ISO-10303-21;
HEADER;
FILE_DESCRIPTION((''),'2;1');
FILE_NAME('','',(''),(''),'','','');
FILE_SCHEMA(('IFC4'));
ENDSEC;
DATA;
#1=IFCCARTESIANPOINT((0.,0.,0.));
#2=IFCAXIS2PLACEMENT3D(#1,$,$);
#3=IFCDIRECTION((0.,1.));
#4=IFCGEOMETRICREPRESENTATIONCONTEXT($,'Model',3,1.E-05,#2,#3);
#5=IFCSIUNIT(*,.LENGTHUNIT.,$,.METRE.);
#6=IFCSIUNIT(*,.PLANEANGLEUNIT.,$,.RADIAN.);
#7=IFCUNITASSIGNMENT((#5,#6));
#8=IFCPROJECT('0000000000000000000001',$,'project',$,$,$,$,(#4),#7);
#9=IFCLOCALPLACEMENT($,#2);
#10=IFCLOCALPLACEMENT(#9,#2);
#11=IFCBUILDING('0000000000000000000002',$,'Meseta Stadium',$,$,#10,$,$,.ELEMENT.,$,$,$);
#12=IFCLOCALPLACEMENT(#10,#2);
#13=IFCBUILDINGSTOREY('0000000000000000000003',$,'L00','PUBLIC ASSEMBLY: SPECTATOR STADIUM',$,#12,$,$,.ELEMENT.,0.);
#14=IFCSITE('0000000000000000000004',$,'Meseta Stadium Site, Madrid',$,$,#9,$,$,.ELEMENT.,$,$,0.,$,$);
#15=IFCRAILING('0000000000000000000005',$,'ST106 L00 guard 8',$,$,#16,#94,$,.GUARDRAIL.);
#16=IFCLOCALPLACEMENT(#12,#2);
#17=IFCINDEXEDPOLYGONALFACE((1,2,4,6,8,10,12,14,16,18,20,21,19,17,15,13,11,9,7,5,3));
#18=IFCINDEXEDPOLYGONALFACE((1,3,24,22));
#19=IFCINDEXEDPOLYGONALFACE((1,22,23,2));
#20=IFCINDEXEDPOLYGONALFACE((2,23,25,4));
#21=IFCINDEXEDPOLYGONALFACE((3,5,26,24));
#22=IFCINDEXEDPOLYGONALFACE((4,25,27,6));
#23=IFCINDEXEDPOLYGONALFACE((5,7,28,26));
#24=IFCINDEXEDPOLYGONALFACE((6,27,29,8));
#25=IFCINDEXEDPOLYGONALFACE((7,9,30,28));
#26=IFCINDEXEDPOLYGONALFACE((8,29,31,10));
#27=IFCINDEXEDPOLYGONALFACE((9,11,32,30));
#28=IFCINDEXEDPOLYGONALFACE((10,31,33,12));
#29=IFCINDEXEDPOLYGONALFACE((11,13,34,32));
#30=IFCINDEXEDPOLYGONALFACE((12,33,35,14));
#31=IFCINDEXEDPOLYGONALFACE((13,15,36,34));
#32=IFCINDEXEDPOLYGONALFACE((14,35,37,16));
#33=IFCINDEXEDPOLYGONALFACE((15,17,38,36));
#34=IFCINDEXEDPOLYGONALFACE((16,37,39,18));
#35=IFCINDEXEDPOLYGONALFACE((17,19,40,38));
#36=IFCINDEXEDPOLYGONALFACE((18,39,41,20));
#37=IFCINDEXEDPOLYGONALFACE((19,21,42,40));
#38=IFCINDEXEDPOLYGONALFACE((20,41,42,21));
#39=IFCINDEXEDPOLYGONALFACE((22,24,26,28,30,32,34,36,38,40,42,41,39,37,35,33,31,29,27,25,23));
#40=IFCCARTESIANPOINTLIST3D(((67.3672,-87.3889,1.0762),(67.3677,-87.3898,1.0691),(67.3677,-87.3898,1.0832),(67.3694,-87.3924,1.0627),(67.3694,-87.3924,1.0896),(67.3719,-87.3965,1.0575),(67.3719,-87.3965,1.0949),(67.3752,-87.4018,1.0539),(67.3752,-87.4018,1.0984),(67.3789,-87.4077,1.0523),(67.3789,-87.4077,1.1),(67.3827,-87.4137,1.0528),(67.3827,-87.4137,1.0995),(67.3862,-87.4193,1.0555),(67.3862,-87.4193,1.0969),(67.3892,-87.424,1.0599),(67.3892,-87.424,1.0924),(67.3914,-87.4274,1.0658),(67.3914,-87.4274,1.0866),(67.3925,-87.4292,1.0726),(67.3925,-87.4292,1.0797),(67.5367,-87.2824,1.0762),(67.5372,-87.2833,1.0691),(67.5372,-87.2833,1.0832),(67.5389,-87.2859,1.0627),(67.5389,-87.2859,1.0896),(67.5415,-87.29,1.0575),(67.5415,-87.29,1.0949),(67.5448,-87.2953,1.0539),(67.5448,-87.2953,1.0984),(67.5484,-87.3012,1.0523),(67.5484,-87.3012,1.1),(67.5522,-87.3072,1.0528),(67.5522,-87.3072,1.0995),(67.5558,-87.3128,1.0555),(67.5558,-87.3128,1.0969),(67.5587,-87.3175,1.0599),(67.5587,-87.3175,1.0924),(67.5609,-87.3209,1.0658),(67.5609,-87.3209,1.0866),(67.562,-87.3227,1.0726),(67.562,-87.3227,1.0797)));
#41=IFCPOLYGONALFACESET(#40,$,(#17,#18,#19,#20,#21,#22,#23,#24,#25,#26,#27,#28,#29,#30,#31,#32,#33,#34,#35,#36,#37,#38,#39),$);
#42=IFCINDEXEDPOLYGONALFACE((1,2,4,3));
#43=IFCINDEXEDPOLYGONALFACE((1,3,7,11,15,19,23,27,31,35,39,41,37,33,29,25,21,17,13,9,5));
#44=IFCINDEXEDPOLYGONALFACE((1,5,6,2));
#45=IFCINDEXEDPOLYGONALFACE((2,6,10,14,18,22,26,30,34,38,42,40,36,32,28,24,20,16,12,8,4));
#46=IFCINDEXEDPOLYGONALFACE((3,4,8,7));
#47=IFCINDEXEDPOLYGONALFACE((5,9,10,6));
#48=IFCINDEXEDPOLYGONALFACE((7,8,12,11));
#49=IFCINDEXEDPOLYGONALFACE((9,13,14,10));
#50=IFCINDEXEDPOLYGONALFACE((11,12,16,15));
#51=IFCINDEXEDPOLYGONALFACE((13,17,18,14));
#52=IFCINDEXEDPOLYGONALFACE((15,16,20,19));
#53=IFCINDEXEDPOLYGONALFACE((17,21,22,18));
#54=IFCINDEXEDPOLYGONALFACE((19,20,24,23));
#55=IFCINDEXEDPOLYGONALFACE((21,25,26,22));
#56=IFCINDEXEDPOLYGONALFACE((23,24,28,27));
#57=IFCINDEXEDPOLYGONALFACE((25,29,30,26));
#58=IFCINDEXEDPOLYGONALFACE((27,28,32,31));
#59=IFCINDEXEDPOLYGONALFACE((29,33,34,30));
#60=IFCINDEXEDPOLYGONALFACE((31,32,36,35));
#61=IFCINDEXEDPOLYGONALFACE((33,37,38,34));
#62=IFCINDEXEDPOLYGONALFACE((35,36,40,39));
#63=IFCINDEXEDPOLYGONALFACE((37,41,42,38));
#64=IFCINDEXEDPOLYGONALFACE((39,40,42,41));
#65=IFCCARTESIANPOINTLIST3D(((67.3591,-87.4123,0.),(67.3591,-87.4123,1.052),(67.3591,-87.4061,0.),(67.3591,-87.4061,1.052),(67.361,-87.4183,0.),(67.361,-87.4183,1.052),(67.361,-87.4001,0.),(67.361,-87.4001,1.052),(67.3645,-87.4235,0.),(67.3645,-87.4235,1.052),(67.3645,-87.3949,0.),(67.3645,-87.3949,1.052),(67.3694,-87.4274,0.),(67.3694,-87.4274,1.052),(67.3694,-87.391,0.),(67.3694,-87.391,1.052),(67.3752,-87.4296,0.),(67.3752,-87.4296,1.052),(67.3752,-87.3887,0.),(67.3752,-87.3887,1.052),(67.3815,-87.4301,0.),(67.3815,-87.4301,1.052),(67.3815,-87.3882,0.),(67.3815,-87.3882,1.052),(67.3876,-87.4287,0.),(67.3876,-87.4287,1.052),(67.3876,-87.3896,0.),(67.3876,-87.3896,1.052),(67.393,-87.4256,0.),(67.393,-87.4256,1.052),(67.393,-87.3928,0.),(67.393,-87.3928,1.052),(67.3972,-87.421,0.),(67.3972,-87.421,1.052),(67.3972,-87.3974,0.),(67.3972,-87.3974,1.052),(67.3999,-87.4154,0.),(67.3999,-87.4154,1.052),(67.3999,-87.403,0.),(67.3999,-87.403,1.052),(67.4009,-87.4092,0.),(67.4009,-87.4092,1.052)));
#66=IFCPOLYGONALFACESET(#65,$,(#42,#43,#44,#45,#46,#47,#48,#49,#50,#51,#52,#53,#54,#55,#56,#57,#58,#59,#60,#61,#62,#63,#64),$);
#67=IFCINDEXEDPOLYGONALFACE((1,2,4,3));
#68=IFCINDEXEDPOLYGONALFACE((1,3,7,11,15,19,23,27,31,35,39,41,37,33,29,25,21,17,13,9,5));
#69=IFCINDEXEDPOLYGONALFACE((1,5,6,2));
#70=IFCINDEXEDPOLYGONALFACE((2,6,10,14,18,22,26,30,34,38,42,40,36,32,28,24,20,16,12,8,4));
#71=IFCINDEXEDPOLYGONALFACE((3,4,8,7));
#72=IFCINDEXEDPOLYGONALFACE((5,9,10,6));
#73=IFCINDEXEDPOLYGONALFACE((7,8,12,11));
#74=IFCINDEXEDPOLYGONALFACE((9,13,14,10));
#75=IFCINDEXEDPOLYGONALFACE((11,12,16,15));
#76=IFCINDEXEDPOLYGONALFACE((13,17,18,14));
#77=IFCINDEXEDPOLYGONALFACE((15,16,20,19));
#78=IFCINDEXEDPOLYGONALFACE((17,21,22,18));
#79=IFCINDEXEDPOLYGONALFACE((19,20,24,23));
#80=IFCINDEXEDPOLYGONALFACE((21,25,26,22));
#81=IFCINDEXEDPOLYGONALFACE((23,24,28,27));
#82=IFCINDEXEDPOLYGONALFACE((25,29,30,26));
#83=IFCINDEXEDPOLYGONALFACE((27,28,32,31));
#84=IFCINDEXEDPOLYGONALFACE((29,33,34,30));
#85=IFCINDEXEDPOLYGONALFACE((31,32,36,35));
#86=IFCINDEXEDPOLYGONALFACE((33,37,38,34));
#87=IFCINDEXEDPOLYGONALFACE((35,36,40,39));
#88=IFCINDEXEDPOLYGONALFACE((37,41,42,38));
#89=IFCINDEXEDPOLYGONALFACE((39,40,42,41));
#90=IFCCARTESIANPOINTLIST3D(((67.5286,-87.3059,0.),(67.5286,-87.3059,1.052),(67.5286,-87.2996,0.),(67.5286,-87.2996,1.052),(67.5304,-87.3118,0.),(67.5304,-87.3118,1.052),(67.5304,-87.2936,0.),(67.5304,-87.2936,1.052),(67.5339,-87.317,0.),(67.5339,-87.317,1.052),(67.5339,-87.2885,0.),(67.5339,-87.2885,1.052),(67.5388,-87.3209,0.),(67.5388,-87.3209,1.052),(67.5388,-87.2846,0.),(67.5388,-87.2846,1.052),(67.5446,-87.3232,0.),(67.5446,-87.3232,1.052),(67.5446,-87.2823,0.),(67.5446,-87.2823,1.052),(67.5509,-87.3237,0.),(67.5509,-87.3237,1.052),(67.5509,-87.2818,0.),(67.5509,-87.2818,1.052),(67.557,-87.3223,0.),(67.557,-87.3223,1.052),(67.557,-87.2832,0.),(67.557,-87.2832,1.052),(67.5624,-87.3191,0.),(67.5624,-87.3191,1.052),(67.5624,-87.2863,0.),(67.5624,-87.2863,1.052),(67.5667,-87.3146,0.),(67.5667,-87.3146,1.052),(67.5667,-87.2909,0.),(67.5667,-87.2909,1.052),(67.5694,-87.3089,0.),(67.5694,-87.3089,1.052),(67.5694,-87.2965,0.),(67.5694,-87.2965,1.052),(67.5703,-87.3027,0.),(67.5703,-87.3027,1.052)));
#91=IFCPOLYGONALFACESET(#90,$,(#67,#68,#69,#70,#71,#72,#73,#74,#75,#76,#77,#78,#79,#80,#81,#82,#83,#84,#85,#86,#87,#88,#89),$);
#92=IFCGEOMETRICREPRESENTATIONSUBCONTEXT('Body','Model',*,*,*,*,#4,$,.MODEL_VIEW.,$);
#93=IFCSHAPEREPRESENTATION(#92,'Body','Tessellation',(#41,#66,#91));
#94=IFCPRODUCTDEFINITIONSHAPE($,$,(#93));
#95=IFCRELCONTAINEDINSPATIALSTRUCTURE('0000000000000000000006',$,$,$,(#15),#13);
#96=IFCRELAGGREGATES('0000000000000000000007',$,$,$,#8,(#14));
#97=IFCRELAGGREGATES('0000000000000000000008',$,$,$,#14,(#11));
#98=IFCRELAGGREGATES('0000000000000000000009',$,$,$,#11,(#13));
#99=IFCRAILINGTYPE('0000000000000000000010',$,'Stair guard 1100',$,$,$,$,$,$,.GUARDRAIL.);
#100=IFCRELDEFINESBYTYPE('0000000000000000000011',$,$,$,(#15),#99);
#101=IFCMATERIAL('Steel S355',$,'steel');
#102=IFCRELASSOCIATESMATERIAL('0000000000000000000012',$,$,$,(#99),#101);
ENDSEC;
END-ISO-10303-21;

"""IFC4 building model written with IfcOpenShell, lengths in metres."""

from ifc_helpers import new_model, si_unit, direction, frame, origin, origin_2d, place, context, subcontext, project, spatial, circle, extrude, material, type_object, element, save


model = new_model("IFC4")

# Units and contexts
model_context = context("Model", 3, precision=1e-05, world=origin(), true_north=direction((0.0, 1.0)))
body_context = subcontext(model_context, "Body", "Model", "MODEL_VIEW")
ifc_project = project(units=[si_unit("LENGTHUNIT", "METRE"), si_unit("PLANEANGLEUNIT", "RADIAN")], contexts=[model_context])

# Site, building, storey
site_placement = place(None, origin())
site = spatial("IfcSite", under=ifc_project, at=site_placement, Name="Meseta Stadium Site, Madrid", CompositionType="ELEMENT", RefElevation=0.0)
building_placement = place(site_placement, origin())
building = spatial("IfcBuilding", under=site, at=building_placement, Name="Meseta Stadium", CompositionType="ELEMENT")
storey_placement = place(building_placement, origin())
storey = spatial("IfcBuildingStorey", under=building, at=storey_placement, Name="L00", Description="PUBLIC ASSEMBLY: SPECTATOR STADIUM", CompositionType="ELEMENT", Elevation=0.0)

# Railing
ifc_material_1 = material(Name="Steel S355", Category="steel")
railing_type_1 = type_object("IfcRailingType", Name="Stair guard 1100", PredefinedType="GUARDRAIL", material=ifc_material_1)
railing_1_placement = place(storey_placement, frame((67.3799, -87.4092, 0.0)))
element("IfcRailing", 1, at=railing_1_placement, inside=storey, type_object=railing_type_1, Name="ST106 L00 guard 8", PredefinedType="GUARDRAIL", context=body_context, shape_type="SweptSolid", body=[
    extrude(circle(Radius=0.0239, at=origin_2d()), frame((0.0, 0.0, 1.0762), z_axis=(0.846762, 0.531972, 0.0), x_axis=(-0.531972, 0.846762, 0.0)), (0.0, 0.0, 1.0), 0.2002),
    extrude(circle(Radius=0.021, at=origin_2d()), origin(), (0.0, 0.0, 1.0), 1.052),
    extrude(circle(Radius=0.021, at=origin_2d()), frame((0.1694, 0.1064, 0.0)), (0.0, 0.0, 1.0), 1.052),
])

save(model, "model.ifc")
